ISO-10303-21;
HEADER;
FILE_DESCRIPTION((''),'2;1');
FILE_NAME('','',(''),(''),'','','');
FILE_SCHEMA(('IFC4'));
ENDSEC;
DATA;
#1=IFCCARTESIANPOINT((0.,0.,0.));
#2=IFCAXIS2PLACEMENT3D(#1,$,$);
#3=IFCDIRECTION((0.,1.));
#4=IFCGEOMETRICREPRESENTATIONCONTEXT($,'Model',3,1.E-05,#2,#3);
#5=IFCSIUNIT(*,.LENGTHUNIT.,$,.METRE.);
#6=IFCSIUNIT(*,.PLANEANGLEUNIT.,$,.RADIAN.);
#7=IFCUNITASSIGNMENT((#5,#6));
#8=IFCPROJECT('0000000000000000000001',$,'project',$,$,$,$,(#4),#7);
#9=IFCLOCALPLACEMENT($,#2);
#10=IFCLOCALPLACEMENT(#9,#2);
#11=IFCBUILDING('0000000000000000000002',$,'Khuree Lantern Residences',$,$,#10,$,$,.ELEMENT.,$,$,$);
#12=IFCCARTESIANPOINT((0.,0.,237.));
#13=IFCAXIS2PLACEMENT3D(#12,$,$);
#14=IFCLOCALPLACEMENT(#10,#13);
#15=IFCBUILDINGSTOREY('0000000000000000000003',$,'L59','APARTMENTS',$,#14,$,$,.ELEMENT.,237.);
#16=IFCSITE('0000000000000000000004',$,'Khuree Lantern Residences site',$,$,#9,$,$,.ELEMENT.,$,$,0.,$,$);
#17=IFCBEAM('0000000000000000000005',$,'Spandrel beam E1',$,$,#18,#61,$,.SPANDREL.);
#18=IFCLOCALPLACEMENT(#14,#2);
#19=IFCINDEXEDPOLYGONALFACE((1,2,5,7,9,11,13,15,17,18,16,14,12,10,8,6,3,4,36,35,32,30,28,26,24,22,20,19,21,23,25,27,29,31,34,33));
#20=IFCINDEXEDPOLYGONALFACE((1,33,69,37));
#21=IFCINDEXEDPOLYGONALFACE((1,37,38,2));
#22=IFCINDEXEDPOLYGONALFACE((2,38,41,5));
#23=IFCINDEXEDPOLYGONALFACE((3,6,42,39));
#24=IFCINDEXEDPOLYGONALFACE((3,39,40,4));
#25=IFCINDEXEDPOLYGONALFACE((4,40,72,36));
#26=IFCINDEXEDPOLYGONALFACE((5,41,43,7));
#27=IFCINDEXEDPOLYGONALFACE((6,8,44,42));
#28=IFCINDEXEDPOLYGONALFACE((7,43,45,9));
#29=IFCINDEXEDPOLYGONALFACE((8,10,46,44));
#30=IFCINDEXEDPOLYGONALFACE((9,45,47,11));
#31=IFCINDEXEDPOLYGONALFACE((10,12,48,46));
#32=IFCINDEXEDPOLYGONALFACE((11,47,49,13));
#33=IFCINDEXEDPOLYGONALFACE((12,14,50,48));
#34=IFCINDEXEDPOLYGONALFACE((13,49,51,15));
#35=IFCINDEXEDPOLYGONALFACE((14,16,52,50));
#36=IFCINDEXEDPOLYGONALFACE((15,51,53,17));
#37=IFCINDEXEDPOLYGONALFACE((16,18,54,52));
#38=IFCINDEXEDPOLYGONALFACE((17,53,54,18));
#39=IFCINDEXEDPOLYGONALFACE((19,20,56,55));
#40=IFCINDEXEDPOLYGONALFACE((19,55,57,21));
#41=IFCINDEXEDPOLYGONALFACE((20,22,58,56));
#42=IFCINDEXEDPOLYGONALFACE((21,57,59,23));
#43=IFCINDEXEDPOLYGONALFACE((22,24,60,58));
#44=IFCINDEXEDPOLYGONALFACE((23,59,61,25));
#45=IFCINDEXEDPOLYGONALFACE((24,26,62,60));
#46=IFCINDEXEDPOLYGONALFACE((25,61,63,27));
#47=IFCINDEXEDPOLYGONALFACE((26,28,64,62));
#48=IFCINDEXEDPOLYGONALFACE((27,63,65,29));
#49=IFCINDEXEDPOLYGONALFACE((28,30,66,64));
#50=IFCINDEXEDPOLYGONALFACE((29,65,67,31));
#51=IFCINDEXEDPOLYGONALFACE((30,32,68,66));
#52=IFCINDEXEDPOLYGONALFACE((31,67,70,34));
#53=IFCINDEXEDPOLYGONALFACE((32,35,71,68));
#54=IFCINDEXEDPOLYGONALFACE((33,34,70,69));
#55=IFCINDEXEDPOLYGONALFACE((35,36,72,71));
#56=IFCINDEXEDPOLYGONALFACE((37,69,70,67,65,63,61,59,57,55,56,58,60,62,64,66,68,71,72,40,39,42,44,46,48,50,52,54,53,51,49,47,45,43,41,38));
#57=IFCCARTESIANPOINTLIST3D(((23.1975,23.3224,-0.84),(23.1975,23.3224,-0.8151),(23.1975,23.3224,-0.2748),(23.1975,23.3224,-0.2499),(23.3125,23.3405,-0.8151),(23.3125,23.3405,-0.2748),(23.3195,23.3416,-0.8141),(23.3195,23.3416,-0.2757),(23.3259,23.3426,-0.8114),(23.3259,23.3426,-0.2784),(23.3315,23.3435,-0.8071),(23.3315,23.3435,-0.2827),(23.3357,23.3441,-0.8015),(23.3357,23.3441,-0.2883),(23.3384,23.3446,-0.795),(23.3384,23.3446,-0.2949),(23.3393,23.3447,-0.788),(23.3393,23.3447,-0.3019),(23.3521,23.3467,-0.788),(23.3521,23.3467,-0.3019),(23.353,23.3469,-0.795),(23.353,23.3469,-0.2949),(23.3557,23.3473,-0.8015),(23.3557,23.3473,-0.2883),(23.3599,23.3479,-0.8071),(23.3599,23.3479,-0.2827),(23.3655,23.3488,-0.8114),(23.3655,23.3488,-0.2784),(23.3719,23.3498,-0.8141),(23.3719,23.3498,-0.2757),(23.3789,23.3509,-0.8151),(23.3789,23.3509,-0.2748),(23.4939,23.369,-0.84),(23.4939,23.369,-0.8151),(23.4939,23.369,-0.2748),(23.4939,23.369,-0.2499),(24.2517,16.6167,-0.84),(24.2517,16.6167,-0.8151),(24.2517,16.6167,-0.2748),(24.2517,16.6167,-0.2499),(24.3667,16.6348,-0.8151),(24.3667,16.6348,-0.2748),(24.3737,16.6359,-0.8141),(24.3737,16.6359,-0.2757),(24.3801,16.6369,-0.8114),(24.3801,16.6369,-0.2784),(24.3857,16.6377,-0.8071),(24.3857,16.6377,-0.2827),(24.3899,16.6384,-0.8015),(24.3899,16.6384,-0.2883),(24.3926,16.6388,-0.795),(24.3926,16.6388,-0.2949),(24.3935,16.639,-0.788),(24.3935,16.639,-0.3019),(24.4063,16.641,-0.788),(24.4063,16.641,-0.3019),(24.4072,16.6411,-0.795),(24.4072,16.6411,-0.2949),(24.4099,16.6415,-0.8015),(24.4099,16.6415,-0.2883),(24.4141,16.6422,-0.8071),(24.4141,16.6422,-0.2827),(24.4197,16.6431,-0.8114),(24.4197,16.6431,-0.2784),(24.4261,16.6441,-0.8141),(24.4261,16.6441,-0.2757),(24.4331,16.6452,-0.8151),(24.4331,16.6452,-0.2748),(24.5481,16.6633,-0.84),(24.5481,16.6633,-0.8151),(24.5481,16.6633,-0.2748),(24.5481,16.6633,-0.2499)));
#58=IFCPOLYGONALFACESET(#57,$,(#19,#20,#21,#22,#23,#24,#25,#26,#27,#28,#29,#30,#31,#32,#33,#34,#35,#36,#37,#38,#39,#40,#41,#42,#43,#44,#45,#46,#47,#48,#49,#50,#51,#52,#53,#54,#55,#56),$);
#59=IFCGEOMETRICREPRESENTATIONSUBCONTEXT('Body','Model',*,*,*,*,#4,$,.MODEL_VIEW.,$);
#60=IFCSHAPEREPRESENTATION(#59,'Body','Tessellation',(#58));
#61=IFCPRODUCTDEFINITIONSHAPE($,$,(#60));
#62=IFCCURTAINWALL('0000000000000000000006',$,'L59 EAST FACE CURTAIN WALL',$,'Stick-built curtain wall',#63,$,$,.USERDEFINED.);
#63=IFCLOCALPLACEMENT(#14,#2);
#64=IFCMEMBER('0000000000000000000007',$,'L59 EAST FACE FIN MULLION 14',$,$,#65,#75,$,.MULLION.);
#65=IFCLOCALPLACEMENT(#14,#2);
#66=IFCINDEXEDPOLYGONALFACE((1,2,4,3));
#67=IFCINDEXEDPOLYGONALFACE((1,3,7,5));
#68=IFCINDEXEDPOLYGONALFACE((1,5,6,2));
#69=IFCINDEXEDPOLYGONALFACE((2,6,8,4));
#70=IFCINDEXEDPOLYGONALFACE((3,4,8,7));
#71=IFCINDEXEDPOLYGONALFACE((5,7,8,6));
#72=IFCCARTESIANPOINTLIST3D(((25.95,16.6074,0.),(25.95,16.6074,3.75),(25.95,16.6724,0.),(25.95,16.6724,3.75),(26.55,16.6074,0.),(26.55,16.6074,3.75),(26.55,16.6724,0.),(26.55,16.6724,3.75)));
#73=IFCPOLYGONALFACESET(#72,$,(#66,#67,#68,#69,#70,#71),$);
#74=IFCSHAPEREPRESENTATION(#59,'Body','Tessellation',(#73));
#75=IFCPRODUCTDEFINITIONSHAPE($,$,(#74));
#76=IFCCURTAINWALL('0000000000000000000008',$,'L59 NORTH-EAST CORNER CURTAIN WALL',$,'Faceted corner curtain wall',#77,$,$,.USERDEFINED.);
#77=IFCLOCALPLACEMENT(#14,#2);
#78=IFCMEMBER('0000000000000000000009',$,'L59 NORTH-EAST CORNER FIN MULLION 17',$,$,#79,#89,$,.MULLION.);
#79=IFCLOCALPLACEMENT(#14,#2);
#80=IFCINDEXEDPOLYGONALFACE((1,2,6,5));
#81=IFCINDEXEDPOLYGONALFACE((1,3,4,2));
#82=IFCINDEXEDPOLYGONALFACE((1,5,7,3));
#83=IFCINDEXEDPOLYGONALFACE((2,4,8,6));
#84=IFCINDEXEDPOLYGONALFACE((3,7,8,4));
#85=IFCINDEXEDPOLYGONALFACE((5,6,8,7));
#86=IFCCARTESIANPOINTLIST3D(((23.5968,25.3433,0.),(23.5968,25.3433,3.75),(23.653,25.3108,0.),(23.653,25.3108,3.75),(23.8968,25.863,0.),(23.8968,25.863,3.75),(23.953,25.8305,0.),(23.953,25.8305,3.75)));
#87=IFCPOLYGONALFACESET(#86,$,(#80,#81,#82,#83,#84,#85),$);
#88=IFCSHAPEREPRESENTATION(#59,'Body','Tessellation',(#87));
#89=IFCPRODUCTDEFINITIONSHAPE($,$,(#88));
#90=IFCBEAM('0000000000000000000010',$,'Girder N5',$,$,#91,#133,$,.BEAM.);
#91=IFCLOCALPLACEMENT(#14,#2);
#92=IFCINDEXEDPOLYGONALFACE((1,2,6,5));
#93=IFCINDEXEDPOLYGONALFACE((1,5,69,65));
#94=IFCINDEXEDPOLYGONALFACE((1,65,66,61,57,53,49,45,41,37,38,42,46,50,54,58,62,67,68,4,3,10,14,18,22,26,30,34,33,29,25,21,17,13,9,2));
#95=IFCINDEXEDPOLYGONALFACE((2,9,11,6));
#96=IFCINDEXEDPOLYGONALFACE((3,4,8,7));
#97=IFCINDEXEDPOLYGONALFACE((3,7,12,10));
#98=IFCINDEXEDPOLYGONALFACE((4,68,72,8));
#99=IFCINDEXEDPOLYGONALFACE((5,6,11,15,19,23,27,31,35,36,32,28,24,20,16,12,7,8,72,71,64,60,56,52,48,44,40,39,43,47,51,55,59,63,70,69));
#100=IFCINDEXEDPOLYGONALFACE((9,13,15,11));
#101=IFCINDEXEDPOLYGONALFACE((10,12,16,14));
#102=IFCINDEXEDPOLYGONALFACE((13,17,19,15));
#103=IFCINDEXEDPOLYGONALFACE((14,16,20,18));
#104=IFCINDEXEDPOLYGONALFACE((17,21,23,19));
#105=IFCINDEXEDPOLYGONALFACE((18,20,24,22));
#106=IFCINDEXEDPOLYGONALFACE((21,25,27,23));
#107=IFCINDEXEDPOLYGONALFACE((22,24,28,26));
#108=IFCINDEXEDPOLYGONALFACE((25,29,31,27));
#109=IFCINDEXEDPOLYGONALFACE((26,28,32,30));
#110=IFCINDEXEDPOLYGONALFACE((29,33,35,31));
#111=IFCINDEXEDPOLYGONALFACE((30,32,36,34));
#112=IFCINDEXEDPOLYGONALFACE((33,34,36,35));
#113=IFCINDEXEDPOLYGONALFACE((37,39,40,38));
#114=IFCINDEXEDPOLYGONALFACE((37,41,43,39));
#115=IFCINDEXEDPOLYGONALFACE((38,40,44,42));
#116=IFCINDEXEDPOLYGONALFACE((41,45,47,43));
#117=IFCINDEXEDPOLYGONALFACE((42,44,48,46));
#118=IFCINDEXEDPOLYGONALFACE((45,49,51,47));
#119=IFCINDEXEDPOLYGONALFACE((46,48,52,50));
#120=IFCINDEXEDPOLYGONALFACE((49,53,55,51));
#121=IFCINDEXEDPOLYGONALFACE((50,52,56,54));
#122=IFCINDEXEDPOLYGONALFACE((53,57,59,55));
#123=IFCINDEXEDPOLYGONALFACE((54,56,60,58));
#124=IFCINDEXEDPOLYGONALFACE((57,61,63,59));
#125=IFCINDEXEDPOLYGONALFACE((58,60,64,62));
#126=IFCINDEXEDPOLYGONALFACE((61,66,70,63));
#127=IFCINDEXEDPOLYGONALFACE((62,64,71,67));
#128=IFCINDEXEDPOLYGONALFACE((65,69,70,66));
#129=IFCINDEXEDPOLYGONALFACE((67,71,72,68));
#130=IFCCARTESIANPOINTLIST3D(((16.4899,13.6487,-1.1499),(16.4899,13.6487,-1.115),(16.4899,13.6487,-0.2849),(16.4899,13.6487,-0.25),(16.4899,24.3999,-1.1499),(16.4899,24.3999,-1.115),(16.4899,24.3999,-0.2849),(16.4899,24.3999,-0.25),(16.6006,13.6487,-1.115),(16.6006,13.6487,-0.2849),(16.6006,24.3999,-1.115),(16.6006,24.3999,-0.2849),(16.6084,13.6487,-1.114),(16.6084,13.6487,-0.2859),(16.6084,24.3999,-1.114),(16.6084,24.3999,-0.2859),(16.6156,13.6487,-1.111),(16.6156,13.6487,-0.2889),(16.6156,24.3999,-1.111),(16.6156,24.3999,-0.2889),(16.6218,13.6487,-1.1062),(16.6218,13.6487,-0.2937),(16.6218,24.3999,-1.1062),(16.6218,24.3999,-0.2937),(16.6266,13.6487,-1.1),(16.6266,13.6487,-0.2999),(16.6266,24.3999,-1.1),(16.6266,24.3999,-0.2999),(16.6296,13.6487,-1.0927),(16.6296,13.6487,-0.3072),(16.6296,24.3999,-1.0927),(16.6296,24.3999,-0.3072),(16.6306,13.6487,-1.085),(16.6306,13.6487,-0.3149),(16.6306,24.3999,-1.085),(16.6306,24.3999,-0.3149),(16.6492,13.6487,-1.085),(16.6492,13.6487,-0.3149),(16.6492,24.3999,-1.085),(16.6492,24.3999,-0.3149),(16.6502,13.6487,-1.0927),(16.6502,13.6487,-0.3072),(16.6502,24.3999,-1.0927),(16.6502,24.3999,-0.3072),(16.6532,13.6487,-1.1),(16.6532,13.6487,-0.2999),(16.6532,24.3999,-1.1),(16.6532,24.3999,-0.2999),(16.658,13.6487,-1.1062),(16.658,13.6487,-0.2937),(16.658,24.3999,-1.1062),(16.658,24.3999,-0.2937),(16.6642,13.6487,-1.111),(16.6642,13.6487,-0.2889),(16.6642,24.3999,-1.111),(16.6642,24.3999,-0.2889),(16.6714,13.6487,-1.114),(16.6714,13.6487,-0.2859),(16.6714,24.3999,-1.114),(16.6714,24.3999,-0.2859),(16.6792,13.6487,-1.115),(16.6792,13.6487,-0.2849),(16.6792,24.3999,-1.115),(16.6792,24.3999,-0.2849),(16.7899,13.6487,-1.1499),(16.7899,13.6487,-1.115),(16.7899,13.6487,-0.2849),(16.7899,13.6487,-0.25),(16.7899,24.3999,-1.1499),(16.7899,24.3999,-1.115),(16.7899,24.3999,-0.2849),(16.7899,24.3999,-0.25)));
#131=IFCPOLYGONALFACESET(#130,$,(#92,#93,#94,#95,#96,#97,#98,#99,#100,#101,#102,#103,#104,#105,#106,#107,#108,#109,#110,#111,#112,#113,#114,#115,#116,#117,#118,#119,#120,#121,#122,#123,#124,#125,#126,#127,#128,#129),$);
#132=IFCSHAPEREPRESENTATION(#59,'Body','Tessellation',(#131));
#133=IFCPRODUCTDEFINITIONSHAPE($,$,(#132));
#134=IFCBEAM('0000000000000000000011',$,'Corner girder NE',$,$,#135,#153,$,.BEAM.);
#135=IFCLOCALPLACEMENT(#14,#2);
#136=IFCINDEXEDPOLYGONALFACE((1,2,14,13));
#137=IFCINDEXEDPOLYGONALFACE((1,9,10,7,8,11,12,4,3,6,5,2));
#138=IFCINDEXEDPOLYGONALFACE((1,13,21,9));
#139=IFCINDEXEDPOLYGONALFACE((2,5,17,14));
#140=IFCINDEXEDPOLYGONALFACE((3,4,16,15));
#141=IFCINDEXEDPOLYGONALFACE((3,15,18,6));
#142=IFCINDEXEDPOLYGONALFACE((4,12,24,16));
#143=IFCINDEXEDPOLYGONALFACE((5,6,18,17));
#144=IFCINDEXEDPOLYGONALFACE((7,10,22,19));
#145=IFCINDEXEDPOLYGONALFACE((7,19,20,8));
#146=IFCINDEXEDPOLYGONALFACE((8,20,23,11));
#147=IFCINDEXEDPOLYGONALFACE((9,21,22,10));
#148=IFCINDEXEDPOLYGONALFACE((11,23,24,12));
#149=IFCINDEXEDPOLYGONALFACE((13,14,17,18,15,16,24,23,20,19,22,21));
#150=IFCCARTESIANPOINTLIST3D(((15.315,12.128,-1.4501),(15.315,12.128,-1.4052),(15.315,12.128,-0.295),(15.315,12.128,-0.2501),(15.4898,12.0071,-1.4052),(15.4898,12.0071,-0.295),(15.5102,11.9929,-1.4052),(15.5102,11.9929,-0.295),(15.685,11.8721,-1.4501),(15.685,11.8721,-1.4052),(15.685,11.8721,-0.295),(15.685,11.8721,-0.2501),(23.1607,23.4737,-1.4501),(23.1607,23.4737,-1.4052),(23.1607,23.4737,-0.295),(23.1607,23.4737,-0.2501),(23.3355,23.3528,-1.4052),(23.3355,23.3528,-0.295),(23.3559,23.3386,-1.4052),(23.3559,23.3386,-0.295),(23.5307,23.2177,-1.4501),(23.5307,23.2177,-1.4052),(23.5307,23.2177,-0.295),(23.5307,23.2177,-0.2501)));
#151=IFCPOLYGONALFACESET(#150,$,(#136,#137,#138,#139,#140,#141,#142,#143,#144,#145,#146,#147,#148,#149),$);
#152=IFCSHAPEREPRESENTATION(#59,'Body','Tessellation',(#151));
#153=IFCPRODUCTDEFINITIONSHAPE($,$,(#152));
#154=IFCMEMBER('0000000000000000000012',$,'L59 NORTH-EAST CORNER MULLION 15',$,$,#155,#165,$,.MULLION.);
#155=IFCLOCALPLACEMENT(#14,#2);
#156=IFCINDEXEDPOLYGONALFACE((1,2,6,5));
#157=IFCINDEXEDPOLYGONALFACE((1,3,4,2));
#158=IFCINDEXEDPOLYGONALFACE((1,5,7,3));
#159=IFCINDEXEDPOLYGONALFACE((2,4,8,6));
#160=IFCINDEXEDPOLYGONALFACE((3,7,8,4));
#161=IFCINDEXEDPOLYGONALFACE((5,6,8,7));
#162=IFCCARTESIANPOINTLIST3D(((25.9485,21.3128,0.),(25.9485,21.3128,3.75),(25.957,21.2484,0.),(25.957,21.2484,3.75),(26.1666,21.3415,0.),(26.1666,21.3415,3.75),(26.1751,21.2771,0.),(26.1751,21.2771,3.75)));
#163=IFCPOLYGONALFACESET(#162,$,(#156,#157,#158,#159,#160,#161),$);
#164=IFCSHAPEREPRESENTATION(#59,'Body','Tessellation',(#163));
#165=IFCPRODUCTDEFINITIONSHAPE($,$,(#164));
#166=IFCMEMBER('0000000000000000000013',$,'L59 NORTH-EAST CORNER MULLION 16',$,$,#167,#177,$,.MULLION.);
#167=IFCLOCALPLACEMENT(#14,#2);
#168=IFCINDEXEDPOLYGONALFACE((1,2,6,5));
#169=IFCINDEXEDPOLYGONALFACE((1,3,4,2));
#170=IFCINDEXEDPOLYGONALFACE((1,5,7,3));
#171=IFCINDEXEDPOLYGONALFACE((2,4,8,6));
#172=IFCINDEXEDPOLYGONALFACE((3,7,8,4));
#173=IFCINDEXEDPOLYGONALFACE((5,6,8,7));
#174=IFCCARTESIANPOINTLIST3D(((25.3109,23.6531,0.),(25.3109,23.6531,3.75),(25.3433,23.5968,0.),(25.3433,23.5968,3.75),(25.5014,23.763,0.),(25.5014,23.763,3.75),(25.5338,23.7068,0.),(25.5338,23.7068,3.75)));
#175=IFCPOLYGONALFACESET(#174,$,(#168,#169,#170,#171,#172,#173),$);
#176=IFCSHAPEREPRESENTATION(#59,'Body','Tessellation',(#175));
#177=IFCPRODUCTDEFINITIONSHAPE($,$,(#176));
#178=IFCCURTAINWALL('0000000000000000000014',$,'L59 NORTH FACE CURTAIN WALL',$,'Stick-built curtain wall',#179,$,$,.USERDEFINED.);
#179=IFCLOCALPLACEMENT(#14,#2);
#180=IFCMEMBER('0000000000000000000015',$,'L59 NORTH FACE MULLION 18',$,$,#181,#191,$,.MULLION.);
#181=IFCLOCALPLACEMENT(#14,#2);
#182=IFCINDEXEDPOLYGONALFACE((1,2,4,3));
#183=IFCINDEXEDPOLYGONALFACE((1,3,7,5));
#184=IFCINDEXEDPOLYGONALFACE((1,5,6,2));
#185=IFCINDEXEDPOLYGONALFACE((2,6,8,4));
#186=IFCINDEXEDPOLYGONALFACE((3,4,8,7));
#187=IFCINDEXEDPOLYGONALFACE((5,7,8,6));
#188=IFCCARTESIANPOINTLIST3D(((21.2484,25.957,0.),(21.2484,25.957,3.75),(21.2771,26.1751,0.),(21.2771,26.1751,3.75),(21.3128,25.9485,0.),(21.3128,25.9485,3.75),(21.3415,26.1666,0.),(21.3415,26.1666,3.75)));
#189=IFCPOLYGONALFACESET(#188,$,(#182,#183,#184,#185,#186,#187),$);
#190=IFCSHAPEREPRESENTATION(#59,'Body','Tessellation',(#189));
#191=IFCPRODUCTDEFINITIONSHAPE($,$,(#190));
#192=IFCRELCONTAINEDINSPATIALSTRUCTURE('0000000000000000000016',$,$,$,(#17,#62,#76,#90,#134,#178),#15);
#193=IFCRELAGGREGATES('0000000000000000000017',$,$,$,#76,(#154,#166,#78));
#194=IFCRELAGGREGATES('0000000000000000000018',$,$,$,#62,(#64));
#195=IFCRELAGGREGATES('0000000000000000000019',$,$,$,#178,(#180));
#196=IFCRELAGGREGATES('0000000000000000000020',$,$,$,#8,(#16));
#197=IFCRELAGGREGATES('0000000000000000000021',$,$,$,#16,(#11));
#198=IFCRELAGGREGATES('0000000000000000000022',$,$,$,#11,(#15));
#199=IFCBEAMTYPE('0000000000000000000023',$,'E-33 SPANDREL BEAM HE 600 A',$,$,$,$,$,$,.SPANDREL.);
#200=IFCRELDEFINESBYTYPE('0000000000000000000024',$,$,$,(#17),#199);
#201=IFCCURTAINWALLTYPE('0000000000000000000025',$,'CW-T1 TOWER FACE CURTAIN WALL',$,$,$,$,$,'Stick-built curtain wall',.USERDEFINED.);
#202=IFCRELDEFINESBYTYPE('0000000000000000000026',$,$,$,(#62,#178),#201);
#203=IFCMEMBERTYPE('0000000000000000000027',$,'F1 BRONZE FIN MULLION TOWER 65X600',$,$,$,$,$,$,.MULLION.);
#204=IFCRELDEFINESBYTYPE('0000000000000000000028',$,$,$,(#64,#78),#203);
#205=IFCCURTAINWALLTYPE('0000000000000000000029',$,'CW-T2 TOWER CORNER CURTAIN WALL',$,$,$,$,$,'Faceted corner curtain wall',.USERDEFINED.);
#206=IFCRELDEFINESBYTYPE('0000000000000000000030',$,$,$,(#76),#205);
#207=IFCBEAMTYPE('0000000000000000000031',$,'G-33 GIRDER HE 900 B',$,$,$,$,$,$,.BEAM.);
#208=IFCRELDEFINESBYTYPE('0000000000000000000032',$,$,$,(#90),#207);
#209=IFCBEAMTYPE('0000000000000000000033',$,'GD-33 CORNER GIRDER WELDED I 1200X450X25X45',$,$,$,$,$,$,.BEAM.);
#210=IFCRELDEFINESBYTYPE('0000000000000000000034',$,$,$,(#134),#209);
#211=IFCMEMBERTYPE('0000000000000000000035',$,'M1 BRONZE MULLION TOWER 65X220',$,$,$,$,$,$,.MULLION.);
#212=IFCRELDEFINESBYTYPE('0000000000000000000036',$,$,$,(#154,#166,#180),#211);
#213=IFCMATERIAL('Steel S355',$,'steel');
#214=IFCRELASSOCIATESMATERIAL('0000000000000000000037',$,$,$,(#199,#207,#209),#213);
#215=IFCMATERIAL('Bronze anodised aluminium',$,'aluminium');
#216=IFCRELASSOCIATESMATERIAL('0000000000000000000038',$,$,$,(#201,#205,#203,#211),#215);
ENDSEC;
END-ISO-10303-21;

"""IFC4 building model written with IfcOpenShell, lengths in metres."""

from ifc_helpers import new_model, si_unit, direction, frame, origin, origin_2d, place, context, subcontext, project, spatial, rectangle, i_section, extrude, material, material_profile, profile_set, type_object, element, aggregate, save


model = new_model("IFC4")

# Units and contexts
model_context = context("Model", 3, precision=1e-05, world=origin(), true_north=direction((0.0, 1.0)))
body_context = subcontext(model_context, "Body", "Model", "MODEL_VIEW")
ifc_project = project(units=[si_unit("LENGTHUNIT", "METRE"), si_unit("PLANEANGLEUNIT", "RADIAN")], contexts=[model_context])

# Site, building, storey
site_placement = place(None, origin())
site = spatial("IfcSite", under=ifc_project, at=site_placement, Name="Khuree Lantern Residences site", CompositionType="ELEMENT", RefElevation=0.0)
building_placement = place(site_placement, origin())
building = spatial("IfcBuilding", under=site, at=building_placement, Name="Khuree Lantern Residences", CompositionType="ELEMENT")
storey_placement = place(building_placement, frame((0.0, 0.0, 237.0)))
storey = spatial("IfcBuildingStorey", under=building, at=storey_placement, Name="L59", Description="APARTMENTS", CompositionType="ELEMENT", Elevation=237.0)

# Beam
ifc_material_1 = material(Name="Steel S355", Category="steel")
ifc_material_profile_1 = material_profile(ifc_material_1, i_section(OverallWidth=0.3, OverallDepth=0.5901, WebThickness=0.0129, FlangeThickness=0.0249, FilletRadius=0.0271, at=origin_2d()), Name="HE 600 A")
ifc_profile_set_1 = profile_set([ifc_material_profile_1], Name="Steel S355")
beam_type_1 = type_object("IfcBeamType", Name="E-33 SPANDREL BEAM HE 600 A", PredefinedType="SPANDREL", material=ifc_profile_set_1)
for number, where, z_axis, x_axis, name in (
    (1, (23.3457, 23.3457, -0.5449), (0.1553, -0.987867, 0.0), (0.987867, 0.1553, 0.0), "Spandrel beam E1"),
):
    element("IfcBeam", number, at=place(storey_placement, frame(where, z_axis=z_axis, x_axis=x_axis)), inside=storey, type_object=beam_type_1, Name=name, PredefinedType="SPANDREL", context=body_context, shape_type="SweptSolid", body=[
        extrude(i_section(OverallWidth=0.3, OverallDepth=0.5901, WebThickness=0.0129, FlangeThickness=0.0249, FilletRadius=0.0271, at=origin_2d()), origin(), (0.0, 0.0, 1.0), 6.7881),
    ])

# Curtain walls, members
ifc_material_2 = material(Name="Bronze anodised aluminium", Category="aluminium")
curtain_wall_type_1 = type_object("IfcCurtainWallType", Name="CW-T1 TOWER FACE CURTAIN WALL", ElementType="Stick-built curtain wall", PredefinedType="USERDEFINED", material=ifc_material_2)
curtain_wall_1_placement = place(storey_placement, origin())
curtain_wall_1 = element("IfcCurtainWall", 2, at=curtain_wall_1_placement, inside=storey, type_object=curtain_wall_type_1, Name="L59 EAST FACE CURTAIN WALL", ObjectType="Stick-built curtain wall", PredefinedType="USERDEFINED")
ifc_material_profile_2 = material_profile(ifc_material_2, rectangle(XDim=0.0649, YDim=0.6001, at=origin_2d()), Name="F1 65X600")
ifc_profile_set_2 = profile_set([ifc_material_profile_2], Name="Bronze anodised aluminium")
member_type_1 = type_object("IfcMemberType", Name="F1 BRONZE FIN MULLION TOWER 65X600", PredefinedType="MULLION", material=ifc_profile_set_2)
member_1_placement = place(storey_placement, frame((26.25, 16.6399, 0.0), z_axis=(0.0, 0.0, 1.0), x_axis=(0.0, 1.0, 0.0)))
member_1 = element("IfcMember", 3, at=member_1_placement, type_object=member_type_1, Name="L59 EAST FACE FIN MULLION 14", PredefinedType="MULLION", context=body_context, shape_type="SweptSolid", body=[
    extrude(rectangle(XDim=0.0649, YDim=0.6001, at=origin_2d()), origin(), (0.0, 0.0, 1.0), 3.75),
])
curtain_wall_type_2 = type_object("IfcCurtainWallType", Name="CW-T2 TOWER CORNER CURTAIN WALL", ElementType="Faceted corner curtain wall", PredefinedType="USERDEFINED", material=ifc_material_2)
curtain_wall_2_placement = place(storey_placement, origin())
curtain_wall_2 = element("IfcCurtainWall", 4, at=curtain_wall_2_placement, inside=storey, type_object=curtain_wall_type_2, Name="L59 NORTH-EAST CORNER CURTAIN WALL", ObjectType="Faceted corner curtain wall", PredefinedType="USERDEFINED")
member_2_placement = place(storey_placement, frame((23.7749, 25.5869, 0.0), z_axis=(0.0, 0.0, 1.0), x_axis=(-0.866025, 0.5, 0.0)))
member_2 = element("IfcMember", 5, at=member_2_placement, type_object=member_type_1, Name="L59 NORTH-EAST CORNER FIN MULLION 17", PredefinedType="MULLION", context=body_context, shape_type="SweptSolid", body=[
    extrude(rectangle(XDim=0.0649, YDim=0.6001, at=origin_2d()), origin(), (0.0, 0.0, 1.0), 3.75),
])

# Beams
ifc_material_profile_3 = material_profile(ifc_material_1, i_section(OverallWidth=0.3, OverallDepth=0.8999, WebThickness=0.0186, FlangeThickness=0.0349, FilletRadius=0.03, at=origin_2d()), Name="HE 900 B")
ifc_profile_set_3 = profile_set([ifc_material_profile_3], Name="Steel S355")
beam_type_2 = type_object("IfcBeamType", Name="G-33 GIRDER HE 900 B", PredefinedType="BEAM", material=ifc_profile_set_3)
beam_1_placement = place(storey_placement, frame((16.6399, 24.3999, -0.7), z_axis=(0.0, -1.0, 0.0), x_axis=(1.0, 0.0, 0.0)))
element("IfcBeam", 6, at=beam_1_placement, inside=storey, type_object=beam_type_2, Name="Girder N5", PredefinedType="BEAM", context=body_context, shape_type="SweptSolid", body=[
    extrude(i_section(OverallWidth=0.3, OverallDepth=0.8999, WebThickness=0.0186, FlangeThickness=0.0349, FilletRadius=0.03, at=origin_2d()), origin(), (0.0, 0.0, 1.0), 10.7512),
])
ifc_material_profile_4 = material_profile(ifc_material_1, i_section(OverallWidth=0.45, OverallDepth=1.2, WebThickness=0.0249, FlangeThickness=0.0449, at=origin_2d()), Name="WELDED I 1200X450X25X45")
ifc_profile_set_4 = profile_set([ifc_material_profile_4], Name="Steel S355")
beam_type_3 = type_object("IfcBeamType", Name="GD-33 CORNER GIRDER WELDED I 1200X450X25X45", PredefinedType="BEAM", material=ifc_profile_set_4)
beam_2_placement = place(storey_placement, frame((23.3457, 23.3457, -0.8501), z_axis=(-0.568768, -0.822498, 0.0), x_axis=(0.822498, -0.568768, 0.0)))
element("IfcBeam", 7, at=beam_2_placement, inside=storey, type_object=beam_type_3, Name="Corner girder NE", PredefinedType="BEAM", context=body_context, shape_type="SweptSolid", body=[
    extrude(i_section(OverallWidth=0.45, OverallDepth=1.2, WebThickness=0.0249, FlangeThickness=0.0449, at=origin_2d()), origin(), (0.0, 0.0, 1.0), 13.7942),
])

# Members
ifc_material_profile_5 = material_profile(ifc_material_2, rectangle(XDim=0.0649, YDim=0.22, at=origin_2d()), Name="M1 65X220")
ifc_profile_set_5 = profile_set([ifc_material_profile_5], Name="Bronze anodised aluminium")
member_type_2 = type_object("IfcMemberType", Name="M1 BRONZE MULLION TOWER 65X220", PredefinedType="MULLION", material=ifc_profile_set_5)
member_3_placement = place(storey_placement, frame((26.0618, 21.2949, 0.0), z_axis=(0.0, 0.0, 1.0), x_axis=(-0.130526, 0.991445, 0.0)))
member_3 = element("IfcMember", 8, at=member_3_placement, type_object=member_type_2, Name="L59 NORTH-EAST CORNER MULLION 15", PredefinedType="MULLION", context=body_context, shape_type="SweptSolid", body=[
    extrude(rectangle(XDim=0.0649, YDim=0.22, at=origin_2d()), origin(), (0.0, 0.0, 1.0), 3.75),
])
member_4_placement = place(storey_placement, frame((25.4224, 23.6799, 0.0), z_axis=(0.0, 0.0, 1.0), x_axis=(-0.5, 0.866025, 0.0)))
member_4 = element("IfcMember", 9, at=member_4_placement, type_object=member_type_2, Name="L59 NORTH-EAST CORNER MULLION 16", PredefinedType="MULLION", context=body_context, shape_type="SweptSolid", body=[
    extrude(rectangle(XDim=0.0649, YDim=0.22, at=origin_2d()), origin(), (0.0, 0.0, 1.0), 3.75),
])

# Curtain wall, member
curtain_wall_3_placement = place(storey_placement, origin())
curtain_wall_3 = element("IfcCurtainWall", 10, at=curtain_wall_3_placement, inside=storey, type_object=curtain_wall_type_1, Name="L59 NORTH FACE CURTAIN WALL", ObjectType="Stick-built curtain wall", PredefinedType="USERDEFINED")
member_5_placement = place(storey_placement, frame((21.2949, 26.0618, 0.0), z_axis=(0.0, 0.0, 1.0), x_axis=(-0.991445, 0.130526, 0.0)))
member_5 = element("IfcMember", 11, at=member_5_placement, type_object=member_type_2, Name="L59 NORTH FACE MULLION 18", PredefinedType="MULLION", context=body_context, shape_type="SweptSolid", body=[
    extrude(rectangle(XDim=0.0649, YDim=0.22, at=origin_2d()), origin(), (0.0, 0.0, 1.0), 3.75),
])

aggregate(curtain_wall_2, [member_3, member_4, member_2])
aggregate(curtain_wall_1, [member_1])
aggregate(curtain_wall_3, [member_5])

save(model, "model.ifc")
